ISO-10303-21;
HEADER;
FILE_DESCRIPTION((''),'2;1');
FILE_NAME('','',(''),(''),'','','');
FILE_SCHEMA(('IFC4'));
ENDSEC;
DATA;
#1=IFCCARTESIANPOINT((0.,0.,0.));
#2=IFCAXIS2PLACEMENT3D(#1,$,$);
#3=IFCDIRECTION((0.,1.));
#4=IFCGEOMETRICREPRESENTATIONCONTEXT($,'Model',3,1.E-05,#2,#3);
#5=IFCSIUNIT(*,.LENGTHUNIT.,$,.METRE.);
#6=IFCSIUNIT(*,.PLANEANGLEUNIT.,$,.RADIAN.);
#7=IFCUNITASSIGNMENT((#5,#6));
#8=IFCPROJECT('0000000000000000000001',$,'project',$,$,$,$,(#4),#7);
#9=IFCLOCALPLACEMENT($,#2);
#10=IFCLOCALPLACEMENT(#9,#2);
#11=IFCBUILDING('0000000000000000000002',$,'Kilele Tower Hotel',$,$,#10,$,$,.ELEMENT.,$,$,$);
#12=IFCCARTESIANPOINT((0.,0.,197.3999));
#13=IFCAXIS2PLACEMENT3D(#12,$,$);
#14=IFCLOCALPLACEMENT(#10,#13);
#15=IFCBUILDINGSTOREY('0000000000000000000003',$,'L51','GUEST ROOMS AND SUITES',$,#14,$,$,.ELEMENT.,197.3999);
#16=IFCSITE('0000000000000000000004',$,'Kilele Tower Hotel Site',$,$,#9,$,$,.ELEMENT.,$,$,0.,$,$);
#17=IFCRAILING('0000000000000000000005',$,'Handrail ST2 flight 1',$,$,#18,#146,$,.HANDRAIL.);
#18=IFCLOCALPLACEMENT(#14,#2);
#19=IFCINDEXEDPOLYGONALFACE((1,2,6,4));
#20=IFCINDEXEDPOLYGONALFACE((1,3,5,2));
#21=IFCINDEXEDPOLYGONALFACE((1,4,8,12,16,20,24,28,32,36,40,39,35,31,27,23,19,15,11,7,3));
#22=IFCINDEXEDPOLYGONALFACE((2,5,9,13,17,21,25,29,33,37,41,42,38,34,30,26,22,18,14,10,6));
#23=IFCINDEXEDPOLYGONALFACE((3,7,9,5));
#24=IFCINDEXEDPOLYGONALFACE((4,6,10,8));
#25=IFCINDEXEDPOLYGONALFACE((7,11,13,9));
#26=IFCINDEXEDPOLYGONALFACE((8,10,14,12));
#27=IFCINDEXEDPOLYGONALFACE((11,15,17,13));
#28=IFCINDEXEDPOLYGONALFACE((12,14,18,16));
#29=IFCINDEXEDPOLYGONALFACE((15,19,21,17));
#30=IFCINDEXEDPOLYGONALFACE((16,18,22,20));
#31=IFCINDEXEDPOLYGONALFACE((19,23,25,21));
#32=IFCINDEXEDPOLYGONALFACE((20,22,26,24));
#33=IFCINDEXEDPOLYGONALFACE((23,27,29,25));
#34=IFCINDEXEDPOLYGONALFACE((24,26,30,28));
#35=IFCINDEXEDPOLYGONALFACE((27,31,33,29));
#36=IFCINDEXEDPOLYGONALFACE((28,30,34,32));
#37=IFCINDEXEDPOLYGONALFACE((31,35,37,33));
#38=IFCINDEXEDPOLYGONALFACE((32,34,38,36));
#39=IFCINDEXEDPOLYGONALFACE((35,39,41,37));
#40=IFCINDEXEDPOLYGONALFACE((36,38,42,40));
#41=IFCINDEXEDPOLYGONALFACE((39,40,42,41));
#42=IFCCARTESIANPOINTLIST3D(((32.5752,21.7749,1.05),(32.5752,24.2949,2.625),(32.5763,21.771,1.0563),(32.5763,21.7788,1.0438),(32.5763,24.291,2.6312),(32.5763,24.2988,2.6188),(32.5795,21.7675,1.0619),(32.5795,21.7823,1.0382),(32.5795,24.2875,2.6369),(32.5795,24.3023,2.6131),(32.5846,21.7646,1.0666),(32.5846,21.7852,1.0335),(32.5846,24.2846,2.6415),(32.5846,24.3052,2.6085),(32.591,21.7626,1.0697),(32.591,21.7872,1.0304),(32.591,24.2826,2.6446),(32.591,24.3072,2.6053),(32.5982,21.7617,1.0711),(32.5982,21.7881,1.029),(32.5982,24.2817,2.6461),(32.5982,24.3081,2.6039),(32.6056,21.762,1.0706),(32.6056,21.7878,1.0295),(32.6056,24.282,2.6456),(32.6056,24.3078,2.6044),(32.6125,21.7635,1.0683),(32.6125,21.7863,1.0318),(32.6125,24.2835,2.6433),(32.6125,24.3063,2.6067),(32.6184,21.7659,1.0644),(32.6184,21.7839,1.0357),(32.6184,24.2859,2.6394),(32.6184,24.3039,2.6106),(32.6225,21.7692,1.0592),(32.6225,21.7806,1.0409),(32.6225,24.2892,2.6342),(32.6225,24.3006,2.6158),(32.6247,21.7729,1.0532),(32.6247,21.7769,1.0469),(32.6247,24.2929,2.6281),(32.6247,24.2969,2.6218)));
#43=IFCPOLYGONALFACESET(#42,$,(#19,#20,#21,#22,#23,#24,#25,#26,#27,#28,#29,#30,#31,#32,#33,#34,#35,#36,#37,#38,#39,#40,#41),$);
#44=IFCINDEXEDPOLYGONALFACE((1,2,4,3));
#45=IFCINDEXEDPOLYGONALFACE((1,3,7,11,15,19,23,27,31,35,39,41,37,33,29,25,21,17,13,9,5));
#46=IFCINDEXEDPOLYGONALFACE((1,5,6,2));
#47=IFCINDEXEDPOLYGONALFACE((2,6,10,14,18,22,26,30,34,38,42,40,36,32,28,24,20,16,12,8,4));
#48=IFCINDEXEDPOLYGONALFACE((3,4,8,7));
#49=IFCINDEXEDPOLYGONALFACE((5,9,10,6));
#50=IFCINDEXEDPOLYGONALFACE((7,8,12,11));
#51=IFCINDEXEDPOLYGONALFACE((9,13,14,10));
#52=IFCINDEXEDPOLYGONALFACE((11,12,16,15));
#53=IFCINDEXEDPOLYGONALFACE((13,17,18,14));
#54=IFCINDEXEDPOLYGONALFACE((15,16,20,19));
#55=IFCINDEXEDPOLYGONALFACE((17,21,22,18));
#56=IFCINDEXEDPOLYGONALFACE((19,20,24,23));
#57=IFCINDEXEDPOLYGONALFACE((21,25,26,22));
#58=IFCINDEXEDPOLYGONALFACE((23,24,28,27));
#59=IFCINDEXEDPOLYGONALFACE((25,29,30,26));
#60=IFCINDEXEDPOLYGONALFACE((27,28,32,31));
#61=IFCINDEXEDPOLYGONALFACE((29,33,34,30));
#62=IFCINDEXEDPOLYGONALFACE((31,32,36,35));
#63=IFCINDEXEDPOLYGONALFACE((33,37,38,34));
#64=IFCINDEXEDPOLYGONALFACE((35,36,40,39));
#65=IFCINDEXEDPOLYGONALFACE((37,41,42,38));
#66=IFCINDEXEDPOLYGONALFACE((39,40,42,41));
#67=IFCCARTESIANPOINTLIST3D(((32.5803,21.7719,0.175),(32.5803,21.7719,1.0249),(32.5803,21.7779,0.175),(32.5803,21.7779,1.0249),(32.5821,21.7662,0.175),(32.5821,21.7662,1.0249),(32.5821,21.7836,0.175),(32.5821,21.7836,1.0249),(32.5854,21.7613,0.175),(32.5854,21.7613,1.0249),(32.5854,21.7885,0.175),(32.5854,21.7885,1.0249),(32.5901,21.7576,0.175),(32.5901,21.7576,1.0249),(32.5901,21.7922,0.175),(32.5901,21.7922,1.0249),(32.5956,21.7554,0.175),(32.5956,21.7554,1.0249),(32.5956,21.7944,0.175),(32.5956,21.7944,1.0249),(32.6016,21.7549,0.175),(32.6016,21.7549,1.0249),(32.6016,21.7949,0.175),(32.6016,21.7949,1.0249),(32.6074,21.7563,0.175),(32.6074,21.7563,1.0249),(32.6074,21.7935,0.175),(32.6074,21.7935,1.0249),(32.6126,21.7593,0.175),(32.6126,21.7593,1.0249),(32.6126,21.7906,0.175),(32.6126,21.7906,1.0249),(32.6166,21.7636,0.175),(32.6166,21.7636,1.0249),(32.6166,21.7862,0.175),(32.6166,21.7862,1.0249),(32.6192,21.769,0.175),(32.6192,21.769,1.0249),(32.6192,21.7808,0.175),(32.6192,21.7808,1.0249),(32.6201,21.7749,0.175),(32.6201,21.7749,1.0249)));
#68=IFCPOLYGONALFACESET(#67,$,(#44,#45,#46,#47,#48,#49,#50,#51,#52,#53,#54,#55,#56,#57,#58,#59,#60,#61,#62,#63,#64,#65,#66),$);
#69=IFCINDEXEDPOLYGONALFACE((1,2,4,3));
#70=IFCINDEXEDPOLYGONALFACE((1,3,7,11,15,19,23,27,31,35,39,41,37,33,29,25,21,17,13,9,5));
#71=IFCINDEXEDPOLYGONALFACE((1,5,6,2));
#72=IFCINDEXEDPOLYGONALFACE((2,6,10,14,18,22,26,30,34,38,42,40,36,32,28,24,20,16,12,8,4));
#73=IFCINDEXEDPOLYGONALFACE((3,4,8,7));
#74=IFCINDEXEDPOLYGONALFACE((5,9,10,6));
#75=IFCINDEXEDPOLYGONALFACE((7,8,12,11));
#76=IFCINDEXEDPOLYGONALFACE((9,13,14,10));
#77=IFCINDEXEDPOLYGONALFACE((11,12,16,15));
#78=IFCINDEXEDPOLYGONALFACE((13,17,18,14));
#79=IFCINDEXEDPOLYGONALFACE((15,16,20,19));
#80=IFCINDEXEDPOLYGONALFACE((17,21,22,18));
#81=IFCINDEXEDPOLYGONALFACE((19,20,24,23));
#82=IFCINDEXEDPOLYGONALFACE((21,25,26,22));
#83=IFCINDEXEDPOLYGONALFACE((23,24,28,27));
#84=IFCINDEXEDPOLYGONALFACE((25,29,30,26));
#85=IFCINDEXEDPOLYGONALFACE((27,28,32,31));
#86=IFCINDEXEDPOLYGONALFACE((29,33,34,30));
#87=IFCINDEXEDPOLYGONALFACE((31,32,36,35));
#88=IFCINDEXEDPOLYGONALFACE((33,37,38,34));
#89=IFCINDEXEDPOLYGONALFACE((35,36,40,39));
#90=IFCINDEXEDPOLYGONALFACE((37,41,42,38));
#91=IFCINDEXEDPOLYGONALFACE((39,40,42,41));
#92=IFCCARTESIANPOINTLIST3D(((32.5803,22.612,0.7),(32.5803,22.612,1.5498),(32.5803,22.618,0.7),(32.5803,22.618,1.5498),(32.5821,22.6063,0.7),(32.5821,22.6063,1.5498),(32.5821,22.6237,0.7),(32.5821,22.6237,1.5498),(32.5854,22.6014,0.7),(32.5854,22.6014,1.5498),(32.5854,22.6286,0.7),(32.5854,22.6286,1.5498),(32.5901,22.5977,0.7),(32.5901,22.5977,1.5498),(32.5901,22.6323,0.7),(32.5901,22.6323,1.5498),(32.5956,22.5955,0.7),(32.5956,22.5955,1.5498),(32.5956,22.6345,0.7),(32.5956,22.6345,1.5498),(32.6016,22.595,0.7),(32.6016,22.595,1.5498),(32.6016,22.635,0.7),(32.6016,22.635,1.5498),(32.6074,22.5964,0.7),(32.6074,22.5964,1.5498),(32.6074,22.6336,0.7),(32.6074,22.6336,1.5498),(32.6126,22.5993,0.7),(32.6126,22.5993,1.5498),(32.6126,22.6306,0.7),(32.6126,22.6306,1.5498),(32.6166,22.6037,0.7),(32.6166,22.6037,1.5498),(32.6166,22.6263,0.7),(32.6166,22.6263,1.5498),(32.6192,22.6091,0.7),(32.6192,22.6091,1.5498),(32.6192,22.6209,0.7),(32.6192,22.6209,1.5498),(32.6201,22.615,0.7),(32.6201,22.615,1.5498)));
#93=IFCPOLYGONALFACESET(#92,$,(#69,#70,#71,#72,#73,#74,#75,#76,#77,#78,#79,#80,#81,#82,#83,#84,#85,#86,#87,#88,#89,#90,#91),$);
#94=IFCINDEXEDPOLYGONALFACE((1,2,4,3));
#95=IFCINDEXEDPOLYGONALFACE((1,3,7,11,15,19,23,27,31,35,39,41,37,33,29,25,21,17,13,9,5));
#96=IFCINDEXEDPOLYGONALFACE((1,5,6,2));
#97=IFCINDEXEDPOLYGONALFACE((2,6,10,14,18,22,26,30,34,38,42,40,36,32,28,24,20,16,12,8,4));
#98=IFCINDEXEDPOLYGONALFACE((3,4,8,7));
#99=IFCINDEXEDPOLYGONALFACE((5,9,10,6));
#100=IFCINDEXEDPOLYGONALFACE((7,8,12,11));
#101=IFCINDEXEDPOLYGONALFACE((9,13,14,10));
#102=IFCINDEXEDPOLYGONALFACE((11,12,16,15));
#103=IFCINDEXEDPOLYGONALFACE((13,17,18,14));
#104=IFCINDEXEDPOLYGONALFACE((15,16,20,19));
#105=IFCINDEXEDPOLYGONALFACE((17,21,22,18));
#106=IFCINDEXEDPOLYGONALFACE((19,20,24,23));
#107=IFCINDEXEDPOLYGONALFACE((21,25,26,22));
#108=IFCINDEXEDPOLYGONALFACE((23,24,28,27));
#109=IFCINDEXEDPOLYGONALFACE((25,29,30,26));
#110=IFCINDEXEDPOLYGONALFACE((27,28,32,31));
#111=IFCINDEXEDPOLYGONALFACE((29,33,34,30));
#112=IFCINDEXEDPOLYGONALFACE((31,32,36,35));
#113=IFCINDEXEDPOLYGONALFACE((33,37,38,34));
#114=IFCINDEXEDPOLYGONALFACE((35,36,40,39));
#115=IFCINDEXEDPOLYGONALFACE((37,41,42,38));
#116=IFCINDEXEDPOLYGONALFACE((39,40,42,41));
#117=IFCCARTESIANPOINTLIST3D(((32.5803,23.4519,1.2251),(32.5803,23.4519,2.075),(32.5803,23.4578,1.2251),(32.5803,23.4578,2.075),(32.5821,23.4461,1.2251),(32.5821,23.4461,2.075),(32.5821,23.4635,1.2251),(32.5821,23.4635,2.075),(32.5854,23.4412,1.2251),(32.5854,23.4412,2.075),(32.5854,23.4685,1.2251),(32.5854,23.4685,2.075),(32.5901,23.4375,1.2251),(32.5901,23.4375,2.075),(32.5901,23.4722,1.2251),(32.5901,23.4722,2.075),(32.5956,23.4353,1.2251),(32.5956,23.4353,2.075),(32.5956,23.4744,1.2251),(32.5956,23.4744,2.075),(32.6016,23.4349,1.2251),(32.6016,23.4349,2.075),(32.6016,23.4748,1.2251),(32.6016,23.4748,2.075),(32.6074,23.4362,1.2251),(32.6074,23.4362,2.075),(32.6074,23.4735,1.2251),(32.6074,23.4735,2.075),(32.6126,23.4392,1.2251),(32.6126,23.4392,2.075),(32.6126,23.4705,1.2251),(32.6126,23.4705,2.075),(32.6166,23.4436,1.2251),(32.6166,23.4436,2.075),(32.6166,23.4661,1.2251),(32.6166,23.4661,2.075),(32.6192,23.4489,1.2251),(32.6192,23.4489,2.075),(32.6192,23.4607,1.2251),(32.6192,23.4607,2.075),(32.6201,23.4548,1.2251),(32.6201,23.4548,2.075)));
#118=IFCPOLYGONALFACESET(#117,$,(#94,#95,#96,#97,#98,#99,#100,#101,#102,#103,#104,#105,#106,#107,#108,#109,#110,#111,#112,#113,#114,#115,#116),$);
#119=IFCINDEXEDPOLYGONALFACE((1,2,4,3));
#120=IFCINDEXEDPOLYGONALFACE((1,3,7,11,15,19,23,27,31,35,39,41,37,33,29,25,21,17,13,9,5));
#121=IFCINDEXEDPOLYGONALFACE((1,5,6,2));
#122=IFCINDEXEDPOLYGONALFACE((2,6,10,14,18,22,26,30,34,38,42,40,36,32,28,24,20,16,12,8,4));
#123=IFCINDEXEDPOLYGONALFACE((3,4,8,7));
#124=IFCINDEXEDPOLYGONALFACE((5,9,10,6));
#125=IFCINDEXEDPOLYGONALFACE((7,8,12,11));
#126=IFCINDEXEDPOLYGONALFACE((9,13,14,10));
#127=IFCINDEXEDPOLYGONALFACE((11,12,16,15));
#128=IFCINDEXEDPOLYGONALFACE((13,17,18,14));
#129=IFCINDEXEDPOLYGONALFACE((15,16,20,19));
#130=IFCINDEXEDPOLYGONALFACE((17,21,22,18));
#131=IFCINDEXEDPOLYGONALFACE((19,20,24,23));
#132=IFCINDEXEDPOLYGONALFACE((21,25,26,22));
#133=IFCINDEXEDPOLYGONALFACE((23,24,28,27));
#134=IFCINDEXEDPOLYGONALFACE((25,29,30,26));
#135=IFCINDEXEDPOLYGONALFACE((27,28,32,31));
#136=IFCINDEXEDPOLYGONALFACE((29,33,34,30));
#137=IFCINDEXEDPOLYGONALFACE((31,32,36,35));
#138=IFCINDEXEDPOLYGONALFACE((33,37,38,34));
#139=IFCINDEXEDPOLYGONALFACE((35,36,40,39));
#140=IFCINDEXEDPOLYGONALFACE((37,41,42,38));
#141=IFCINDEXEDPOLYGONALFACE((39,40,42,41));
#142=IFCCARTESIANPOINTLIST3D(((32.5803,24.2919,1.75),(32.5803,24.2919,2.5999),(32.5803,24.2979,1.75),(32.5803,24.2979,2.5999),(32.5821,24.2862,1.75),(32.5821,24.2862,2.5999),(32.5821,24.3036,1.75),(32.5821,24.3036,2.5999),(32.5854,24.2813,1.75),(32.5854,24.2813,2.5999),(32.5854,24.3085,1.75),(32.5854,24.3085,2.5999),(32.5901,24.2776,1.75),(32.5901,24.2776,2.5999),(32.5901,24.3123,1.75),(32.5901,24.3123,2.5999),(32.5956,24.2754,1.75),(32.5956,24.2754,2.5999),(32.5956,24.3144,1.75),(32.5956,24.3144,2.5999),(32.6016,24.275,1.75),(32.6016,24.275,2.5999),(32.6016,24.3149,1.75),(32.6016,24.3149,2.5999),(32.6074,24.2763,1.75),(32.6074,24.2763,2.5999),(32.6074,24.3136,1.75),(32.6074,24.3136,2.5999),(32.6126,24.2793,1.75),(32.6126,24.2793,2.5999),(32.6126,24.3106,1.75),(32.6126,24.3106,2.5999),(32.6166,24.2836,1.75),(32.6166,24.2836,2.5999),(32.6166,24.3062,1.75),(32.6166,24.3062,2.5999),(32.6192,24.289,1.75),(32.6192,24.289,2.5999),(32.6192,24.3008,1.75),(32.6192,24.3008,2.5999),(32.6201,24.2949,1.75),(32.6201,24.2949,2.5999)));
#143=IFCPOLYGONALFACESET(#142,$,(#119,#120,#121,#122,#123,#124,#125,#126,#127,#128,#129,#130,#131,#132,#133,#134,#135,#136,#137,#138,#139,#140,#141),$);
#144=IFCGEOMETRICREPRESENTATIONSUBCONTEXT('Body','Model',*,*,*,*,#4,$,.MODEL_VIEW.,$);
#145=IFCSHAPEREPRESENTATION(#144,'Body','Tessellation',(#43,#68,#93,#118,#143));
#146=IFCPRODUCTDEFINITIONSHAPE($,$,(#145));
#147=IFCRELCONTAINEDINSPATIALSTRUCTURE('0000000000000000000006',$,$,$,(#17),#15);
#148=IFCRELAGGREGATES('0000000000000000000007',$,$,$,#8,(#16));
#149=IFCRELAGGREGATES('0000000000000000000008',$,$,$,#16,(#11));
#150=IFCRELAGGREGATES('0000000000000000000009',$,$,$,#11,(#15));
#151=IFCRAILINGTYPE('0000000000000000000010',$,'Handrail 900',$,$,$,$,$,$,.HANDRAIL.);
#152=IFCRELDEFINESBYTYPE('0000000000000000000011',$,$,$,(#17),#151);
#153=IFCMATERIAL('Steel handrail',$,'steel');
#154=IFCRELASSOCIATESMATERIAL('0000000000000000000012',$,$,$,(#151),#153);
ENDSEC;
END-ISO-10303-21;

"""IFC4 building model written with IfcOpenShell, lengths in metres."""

from ifc_helpers import new_model, si_unit, direction, frame, origin, origin_2d, place, context, subcontext, project, spatial, circle, extrude, material, type_object, element, save


model = new_model("IFC4")

# Units and contexts
model_context = context("Model", 3, precision=1e-05, world=origin(), true_north=direction((0.0, 1.0)))
body_context = subcontext(model_context, "Body", "Model", "MODEL_VIEW")
ifc_project = project(units=[si_unit("LENGTHUNIT", "METRE"), si_unit("PLANEANGLEUNIT", "RADIAN")], contexts=[model_context])

# Site, building, storey
site_placement = place(None, origin())
site = spatial("IfcSite", under=ifc_project, at=site_placement, Name="Kilele Tower Hotel Site", CompositionType="ELEMENT", RefElevation=0.0)
building_placement = place(site_placement, origin())
building = spatial("IfcBuilding", under=site, at=building_placement, Name="Kilele Tower Hotel", CompositionType="ELEMENT")
storey_placement = place(building_placement, frame((0.0, 0.0, 197.3999)))
storey = spatial("IfcBuildingStorey", under=building, at=storey_placement, Name="L51", Description="GUEST ROOMS AND SUITES", CompositionType="ELEMENT", Elevation=197.3999)

# Railing
ifc_material_1 = material(Name="Steel handrail", Category="steel")
railing_type_1 = type_object("IfcRailingType", Name="Handrail 900", PredefinedType="HANDRAIL", material=ifc_material_1)
for number, where, name in (
    (1, (32.6001, 21.7749, 0.175), "Handrail ST2 flight 1"),
):
    element("IfcRailing", number, at=place(storey_placement, frame(where)), inside=storey, type_object=railing_type_1, Name=name, PredefinedType="HANDRAIL", context=body_context, shape_type="SweptSolid", body=[
        extrude(circle(Radius=0.0249, at=origin_2d()), frame((0.0, 0.0, 0.875), z_axis=(0.0, 0.848008, 0.529984), x_axis=(-1.0, 0.0, 0.0)), (0.0, 0.0, 1.0), 2.9717),
        extrude(circle(Radius=0.02, at=origin_2d()), origin(), (0.0, 0.0, 1.0), 0.8499),
        extrude(circle(Radius=0.02, at=origin_2d()), frame((0.0, 0.8401, 0.5249)), (0.0, 0.0, 1.0), 0.8499),
        extrude(circle(Radius=0.02, at=origin_2d()), frame((0.0, 1.6799, 1.05)), (0.0, 0.0, 1.0), 0.8499),
        extrude(circle(Radius=0.02, at=origin_2d()), frame((0.0, 2.52, 1.575)), (0.0, 0.0, 1.0), 0.8499),
    ])

save(model, "model.ifc")
